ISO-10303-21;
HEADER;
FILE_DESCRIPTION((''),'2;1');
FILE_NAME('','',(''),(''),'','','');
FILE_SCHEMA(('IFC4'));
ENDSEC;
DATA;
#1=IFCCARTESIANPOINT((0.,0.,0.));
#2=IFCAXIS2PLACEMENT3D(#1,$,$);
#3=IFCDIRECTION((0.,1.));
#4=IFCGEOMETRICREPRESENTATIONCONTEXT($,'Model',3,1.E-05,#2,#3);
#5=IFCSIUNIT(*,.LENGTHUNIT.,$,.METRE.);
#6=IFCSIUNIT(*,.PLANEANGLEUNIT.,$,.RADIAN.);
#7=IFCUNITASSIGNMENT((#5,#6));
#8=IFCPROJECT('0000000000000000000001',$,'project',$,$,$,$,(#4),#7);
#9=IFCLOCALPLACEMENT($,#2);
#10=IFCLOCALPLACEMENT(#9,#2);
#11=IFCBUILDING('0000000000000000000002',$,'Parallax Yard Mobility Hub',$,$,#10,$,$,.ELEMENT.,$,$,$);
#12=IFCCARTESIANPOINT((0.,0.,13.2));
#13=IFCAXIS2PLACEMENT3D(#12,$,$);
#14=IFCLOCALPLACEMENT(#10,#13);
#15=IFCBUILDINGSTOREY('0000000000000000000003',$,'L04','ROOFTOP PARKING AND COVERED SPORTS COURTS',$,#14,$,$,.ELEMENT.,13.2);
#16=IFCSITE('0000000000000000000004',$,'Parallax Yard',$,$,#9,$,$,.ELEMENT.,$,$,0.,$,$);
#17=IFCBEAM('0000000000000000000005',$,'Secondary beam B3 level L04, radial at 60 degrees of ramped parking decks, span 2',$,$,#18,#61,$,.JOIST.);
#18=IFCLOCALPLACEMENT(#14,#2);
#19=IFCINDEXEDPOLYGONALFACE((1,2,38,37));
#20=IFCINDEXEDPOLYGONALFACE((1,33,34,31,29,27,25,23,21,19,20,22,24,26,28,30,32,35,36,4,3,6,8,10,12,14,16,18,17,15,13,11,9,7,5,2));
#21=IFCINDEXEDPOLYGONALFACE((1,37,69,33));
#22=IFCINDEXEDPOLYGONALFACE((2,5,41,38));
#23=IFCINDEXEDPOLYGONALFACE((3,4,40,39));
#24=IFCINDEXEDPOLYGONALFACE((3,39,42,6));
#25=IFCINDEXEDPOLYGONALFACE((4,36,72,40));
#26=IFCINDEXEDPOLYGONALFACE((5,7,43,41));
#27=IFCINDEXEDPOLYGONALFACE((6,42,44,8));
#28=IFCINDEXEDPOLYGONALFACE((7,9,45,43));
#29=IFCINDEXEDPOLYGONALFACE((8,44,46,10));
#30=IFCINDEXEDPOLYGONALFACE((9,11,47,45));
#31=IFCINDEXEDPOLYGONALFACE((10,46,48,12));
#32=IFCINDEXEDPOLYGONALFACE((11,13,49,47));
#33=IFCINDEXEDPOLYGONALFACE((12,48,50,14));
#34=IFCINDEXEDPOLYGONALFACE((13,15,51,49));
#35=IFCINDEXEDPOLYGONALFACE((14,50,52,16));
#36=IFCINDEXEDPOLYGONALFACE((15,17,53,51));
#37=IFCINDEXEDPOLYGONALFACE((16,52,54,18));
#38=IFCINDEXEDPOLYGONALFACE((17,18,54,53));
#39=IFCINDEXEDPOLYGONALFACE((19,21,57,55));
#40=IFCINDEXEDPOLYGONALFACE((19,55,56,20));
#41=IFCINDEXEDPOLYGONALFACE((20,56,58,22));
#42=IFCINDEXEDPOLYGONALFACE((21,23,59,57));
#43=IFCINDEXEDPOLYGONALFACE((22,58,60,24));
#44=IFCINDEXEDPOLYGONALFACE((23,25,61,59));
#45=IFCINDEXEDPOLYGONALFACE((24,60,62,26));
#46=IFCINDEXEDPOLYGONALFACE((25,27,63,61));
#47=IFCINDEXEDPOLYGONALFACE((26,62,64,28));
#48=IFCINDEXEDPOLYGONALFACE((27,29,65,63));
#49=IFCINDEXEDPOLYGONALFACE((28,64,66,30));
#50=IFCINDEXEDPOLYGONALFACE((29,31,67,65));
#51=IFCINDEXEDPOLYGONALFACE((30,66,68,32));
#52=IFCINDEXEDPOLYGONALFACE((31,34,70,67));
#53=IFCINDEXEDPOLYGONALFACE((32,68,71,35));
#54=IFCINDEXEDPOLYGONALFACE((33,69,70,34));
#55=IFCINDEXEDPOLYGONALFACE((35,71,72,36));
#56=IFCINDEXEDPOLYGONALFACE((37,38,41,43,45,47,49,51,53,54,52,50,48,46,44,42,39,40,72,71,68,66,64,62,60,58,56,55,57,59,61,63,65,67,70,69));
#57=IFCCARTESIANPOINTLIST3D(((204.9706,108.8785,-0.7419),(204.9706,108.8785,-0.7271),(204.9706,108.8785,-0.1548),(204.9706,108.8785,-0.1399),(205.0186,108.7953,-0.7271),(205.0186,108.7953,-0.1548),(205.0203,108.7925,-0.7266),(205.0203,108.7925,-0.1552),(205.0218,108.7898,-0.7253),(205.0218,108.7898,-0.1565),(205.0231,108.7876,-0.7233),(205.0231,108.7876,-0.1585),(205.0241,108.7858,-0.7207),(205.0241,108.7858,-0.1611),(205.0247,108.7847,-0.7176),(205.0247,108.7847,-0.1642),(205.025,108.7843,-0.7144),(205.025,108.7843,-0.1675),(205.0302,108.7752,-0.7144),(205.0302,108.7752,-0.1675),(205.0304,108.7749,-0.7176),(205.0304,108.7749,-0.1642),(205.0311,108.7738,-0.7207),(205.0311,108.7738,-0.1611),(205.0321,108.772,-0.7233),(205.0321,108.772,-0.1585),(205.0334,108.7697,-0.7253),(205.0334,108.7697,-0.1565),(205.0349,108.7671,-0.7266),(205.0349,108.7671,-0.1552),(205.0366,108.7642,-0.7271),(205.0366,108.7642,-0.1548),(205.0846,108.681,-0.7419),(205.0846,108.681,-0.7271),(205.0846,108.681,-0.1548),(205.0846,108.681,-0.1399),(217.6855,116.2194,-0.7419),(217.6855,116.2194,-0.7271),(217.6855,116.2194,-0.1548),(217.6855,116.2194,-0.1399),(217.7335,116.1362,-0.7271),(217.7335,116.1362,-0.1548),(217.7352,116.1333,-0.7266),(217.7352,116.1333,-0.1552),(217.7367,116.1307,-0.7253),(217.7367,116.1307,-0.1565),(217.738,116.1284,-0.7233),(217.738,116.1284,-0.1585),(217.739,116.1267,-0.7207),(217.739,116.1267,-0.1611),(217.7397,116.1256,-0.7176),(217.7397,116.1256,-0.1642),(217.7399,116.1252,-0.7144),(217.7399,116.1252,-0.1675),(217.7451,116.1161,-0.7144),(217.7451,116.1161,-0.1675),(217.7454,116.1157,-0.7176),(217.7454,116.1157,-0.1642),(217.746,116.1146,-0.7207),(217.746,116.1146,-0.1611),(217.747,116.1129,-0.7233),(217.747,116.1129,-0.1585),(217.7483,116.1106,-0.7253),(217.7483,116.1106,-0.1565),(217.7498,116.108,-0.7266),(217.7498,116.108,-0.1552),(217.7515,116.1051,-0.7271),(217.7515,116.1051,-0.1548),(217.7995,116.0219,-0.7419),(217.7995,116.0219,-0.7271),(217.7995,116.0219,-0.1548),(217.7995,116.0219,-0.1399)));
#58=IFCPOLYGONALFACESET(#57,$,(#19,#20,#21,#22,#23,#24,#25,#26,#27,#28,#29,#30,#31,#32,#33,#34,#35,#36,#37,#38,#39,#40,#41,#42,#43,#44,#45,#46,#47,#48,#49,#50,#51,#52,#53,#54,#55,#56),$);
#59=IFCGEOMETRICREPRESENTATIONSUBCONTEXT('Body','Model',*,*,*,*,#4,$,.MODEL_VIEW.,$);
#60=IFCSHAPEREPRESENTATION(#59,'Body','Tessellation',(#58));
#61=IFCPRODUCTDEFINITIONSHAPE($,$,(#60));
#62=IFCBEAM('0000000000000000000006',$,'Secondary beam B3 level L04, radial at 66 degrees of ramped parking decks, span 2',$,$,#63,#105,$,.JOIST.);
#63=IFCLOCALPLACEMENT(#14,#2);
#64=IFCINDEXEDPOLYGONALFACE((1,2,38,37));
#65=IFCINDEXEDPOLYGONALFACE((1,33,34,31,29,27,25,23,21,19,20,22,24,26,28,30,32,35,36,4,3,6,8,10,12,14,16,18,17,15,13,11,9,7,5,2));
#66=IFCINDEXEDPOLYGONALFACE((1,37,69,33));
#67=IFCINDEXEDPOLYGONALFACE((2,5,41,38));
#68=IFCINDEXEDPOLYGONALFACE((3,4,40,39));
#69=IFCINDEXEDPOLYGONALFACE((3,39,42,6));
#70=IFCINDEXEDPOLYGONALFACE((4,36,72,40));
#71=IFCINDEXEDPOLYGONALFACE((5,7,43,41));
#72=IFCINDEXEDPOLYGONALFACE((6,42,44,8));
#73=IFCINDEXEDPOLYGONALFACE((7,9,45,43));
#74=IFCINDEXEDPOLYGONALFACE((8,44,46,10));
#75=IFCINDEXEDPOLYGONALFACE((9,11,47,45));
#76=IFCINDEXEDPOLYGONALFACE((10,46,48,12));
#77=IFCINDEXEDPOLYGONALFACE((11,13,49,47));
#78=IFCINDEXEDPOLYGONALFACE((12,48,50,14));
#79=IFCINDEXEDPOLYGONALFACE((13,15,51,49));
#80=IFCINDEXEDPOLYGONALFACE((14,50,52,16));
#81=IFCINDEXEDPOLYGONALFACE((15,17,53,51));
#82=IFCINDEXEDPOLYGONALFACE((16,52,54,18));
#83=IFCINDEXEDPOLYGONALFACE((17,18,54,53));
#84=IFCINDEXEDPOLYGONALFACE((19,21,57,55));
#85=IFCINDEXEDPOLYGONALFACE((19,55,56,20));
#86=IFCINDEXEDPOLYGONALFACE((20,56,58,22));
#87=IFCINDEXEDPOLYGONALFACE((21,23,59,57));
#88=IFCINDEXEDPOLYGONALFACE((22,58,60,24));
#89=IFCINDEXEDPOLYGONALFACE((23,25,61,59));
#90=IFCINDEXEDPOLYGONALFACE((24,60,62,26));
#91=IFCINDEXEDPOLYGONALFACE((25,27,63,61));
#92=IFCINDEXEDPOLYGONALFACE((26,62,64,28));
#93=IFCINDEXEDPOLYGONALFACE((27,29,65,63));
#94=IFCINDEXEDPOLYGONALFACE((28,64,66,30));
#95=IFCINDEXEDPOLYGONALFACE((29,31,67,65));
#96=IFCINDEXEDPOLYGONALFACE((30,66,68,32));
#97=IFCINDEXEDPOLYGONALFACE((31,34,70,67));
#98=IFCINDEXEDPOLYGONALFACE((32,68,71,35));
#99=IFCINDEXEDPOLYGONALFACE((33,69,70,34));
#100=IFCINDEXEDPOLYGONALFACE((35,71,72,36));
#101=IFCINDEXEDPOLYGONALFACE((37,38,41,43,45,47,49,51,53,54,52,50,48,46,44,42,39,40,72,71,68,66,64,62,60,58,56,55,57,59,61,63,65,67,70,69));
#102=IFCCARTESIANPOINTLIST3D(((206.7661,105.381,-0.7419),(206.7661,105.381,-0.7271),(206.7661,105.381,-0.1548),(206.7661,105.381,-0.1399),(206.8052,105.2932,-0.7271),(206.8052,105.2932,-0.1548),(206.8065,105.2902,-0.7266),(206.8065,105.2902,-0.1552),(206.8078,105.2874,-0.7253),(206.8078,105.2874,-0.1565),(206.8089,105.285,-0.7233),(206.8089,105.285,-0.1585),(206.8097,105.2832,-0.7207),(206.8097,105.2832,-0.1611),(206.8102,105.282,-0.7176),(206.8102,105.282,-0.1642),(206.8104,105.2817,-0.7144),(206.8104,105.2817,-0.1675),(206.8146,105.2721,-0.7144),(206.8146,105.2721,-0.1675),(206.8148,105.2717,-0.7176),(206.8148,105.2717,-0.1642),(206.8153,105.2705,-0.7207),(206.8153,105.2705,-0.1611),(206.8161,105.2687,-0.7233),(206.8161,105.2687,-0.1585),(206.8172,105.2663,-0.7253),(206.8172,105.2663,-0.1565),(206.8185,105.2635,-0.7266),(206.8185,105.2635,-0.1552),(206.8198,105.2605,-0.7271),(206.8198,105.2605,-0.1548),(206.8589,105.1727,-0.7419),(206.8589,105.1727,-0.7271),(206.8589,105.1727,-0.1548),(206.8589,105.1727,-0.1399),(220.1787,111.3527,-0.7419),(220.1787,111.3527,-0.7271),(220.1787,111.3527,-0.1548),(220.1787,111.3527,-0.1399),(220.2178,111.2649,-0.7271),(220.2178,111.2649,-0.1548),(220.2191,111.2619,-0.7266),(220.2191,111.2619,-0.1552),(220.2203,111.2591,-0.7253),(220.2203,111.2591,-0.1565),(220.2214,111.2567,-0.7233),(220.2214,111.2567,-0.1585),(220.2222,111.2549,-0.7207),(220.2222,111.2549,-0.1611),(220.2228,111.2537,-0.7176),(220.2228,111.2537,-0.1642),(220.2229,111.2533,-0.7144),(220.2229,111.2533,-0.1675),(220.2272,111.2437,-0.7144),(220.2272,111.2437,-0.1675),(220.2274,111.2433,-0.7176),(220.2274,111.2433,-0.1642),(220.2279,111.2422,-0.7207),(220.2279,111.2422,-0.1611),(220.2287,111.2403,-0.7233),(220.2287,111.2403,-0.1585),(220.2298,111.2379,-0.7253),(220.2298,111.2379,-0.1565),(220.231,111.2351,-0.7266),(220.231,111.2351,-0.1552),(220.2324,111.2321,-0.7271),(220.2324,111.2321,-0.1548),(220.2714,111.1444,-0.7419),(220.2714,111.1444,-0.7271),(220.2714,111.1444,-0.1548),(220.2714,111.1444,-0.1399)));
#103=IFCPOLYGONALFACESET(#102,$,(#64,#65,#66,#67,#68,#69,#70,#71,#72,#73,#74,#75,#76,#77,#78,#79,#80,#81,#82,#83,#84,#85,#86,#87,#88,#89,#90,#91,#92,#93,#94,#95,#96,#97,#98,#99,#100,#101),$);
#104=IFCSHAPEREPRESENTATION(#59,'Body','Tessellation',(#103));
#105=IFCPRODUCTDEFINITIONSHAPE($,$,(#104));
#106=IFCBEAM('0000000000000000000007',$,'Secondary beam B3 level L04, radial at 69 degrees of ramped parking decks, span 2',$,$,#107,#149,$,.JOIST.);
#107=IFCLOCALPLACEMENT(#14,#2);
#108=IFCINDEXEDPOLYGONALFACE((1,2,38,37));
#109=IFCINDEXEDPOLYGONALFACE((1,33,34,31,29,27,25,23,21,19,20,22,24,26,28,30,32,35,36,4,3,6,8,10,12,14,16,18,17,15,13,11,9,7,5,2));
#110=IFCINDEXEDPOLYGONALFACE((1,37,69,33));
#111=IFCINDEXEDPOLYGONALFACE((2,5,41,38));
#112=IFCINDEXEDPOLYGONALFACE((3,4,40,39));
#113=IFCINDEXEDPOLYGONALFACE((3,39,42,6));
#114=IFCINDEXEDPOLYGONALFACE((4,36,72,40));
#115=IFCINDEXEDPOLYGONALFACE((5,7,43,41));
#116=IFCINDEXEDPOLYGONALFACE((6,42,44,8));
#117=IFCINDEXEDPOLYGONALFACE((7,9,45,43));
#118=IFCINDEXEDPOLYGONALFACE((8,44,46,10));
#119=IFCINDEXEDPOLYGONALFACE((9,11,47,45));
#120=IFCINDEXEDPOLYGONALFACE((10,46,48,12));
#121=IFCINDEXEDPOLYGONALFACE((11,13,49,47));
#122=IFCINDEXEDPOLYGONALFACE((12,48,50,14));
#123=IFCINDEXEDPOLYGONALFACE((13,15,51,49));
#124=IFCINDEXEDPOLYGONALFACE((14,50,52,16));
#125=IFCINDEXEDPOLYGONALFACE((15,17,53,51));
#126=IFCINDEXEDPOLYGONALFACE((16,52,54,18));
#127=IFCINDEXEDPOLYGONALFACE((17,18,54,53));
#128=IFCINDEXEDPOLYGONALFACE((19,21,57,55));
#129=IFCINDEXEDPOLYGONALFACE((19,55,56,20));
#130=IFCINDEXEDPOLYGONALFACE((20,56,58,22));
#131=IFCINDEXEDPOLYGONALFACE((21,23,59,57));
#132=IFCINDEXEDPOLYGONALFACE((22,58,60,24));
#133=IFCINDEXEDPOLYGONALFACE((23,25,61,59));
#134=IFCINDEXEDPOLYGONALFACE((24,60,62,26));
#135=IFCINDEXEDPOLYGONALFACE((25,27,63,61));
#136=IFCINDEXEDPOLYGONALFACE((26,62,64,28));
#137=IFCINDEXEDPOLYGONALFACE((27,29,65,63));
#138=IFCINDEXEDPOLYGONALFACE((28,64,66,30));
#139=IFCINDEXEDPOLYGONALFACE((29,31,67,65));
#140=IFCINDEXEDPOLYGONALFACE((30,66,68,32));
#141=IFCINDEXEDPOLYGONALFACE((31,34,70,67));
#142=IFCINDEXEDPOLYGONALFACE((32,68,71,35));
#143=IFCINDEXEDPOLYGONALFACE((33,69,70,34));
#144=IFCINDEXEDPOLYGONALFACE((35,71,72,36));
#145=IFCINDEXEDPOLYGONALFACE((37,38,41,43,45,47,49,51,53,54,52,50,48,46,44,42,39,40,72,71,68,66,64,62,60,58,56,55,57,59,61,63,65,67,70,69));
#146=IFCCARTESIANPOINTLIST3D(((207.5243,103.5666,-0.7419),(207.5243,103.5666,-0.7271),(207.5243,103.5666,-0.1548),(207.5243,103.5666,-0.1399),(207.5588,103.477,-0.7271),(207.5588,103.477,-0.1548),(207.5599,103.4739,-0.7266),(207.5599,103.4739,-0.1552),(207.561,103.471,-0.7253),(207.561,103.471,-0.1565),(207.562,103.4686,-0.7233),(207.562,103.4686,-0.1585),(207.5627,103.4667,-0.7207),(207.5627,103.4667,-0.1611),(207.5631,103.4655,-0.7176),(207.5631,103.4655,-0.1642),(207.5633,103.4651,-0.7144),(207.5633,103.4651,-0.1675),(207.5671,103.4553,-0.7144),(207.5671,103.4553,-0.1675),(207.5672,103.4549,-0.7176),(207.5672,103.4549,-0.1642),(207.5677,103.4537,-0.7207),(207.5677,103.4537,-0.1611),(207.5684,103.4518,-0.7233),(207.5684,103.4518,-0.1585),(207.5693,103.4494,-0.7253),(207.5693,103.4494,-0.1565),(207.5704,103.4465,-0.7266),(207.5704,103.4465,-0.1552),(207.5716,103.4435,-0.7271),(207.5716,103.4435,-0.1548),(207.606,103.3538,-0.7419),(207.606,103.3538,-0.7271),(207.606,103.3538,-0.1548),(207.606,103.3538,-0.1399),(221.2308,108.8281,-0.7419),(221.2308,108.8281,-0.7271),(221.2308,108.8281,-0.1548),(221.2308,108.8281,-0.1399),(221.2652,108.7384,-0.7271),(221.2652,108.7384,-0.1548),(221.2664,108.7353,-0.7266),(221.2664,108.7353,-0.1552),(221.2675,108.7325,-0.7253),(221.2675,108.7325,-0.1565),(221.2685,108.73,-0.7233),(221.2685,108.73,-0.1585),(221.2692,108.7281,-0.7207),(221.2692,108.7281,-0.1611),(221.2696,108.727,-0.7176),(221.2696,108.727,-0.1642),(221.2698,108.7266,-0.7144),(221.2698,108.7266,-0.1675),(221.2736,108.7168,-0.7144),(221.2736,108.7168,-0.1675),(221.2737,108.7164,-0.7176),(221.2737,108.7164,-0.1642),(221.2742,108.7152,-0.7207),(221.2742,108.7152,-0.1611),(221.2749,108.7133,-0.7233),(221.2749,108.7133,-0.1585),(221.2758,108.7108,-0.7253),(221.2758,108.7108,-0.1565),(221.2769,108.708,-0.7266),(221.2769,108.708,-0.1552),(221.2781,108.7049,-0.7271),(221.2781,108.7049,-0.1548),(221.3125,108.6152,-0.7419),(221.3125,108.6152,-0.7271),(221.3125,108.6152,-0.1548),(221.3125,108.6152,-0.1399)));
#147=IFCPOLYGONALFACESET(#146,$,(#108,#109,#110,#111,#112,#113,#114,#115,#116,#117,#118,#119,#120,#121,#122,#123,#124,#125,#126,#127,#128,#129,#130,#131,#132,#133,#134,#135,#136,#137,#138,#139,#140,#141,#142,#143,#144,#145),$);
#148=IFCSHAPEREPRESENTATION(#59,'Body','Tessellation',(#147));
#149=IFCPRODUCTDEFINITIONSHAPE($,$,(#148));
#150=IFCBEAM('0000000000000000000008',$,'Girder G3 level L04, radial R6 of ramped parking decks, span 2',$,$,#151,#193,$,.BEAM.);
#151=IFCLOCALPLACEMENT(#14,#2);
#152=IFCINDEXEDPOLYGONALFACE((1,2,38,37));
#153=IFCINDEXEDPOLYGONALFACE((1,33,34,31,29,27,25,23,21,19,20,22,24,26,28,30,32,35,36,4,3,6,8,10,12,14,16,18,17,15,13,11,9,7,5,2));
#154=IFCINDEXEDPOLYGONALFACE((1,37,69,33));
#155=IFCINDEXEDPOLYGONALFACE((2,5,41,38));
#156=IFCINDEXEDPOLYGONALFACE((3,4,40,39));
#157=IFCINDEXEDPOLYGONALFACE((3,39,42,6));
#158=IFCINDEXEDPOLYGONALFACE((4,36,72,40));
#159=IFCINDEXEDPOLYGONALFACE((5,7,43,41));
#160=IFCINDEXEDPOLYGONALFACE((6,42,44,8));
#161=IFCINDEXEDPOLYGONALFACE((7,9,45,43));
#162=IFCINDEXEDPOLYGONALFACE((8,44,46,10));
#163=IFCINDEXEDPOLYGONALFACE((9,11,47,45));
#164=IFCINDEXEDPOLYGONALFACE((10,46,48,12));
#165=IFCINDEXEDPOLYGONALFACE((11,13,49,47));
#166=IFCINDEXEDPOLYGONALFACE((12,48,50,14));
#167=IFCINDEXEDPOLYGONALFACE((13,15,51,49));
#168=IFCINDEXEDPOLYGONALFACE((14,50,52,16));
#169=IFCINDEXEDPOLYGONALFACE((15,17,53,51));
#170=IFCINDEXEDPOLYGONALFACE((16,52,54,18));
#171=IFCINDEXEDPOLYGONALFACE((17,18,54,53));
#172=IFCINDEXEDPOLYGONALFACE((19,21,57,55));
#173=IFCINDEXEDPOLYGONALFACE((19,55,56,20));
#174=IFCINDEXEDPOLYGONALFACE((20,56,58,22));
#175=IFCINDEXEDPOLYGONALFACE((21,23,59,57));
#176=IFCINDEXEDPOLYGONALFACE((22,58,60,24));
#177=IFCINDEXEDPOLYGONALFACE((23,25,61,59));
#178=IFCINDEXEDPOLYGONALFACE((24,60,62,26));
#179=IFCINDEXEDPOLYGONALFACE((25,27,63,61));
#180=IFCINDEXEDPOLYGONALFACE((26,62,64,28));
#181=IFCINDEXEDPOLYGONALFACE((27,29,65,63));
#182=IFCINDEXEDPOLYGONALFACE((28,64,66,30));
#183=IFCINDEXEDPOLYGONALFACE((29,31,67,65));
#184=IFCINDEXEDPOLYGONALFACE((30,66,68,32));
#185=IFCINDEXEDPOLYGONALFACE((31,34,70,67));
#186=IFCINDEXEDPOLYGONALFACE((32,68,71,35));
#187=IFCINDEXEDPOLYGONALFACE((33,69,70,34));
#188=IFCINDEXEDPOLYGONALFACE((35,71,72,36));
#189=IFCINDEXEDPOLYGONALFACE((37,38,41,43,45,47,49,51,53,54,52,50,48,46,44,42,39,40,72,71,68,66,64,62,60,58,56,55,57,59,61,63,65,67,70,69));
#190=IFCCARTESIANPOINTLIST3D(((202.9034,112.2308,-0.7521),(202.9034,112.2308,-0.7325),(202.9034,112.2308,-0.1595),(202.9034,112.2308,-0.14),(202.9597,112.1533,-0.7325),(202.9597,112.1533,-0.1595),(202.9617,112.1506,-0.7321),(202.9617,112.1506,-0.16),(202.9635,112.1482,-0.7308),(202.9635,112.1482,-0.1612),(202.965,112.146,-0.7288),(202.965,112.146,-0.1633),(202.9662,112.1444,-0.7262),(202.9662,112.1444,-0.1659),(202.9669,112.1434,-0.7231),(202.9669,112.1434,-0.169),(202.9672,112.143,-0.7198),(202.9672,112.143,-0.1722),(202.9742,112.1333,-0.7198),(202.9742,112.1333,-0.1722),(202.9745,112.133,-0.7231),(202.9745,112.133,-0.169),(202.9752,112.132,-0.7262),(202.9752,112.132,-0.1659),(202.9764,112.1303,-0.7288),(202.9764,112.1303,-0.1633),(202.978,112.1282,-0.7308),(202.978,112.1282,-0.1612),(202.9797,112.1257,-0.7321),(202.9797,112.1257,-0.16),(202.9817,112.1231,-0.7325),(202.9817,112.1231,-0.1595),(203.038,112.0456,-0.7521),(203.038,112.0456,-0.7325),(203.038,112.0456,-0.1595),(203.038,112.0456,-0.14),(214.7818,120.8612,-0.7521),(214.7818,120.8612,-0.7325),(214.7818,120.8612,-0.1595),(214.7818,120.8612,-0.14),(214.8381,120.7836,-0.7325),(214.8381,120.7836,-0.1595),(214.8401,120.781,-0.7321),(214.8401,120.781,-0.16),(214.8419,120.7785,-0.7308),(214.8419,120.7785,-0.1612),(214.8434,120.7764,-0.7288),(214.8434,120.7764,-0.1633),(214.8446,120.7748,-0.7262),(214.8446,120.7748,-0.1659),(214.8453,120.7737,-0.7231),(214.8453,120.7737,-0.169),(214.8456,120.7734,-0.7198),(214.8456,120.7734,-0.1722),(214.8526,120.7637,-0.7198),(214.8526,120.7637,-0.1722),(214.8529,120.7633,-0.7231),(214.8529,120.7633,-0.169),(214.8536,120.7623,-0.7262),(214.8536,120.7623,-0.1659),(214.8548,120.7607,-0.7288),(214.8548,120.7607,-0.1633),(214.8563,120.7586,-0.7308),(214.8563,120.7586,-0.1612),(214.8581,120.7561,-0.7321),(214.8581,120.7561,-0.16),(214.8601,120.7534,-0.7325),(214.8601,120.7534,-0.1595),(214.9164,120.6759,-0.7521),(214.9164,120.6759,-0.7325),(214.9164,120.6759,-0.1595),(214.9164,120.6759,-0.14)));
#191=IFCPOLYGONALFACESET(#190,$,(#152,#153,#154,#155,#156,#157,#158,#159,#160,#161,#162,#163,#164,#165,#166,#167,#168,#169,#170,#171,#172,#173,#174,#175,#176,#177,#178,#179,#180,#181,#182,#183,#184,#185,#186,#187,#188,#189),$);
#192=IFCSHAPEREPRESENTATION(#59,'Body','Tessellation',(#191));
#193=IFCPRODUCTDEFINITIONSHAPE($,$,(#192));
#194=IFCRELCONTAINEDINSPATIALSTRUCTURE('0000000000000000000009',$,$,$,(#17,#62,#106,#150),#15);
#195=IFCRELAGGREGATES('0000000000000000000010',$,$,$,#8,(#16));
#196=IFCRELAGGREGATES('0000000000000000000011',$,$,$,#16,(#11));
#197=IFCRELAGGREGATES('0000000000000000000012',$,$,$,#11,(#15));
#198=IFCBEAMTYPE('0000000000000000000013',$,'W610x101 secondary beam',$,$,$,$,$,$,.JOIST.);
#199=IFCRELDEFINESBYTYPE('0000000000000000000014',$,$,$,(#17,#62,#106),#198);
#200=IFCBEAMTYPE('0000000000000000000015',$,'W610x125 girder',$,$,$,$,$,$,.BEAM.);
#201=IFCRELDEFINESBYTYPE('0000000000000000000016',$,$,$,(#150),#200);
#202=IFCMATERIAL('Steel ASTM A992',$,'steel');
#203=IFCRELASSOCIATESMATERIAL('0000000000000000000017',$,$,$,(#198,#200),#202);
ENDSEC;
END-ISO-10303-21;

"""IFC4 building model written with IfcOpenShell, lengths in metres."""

from ifc_helpers import new_model, si_unit, direction, frame, origin, origin_2d, place, context, subcontext, project, spatial, i_section, extrude, material, material_profile, profile_set, type_object, element, save


model = new_model("IFC4")

# Units and contexts
model_context = context("Model", 3, precision=1e-05, world=origin(), true_north=direction((0.0, 1.0)))
body_context = subcontext(model_context, "Body", "Model", "MODEL_VIEW")
ifc_project = project(units=[si_unit("LENGTHUNIT", "METRE"), si_unit("PLANEANGLEUNIT", "RADIAN")], contexts=[model_context])

# Site, building, storey
site_placement = place(None, origin())
site = spatial("IfcSite", under=ifc_project, at=site_placement, Name="Parallax Yard", CompositionType="ELEMENT", RefElevation=0.0)
building_placement = place(site_placement, origin())
building = spatial("IfcBuilding", under=site, at=building_placement, Name="Parallax Yard Mobility Hub", CompositionType="ELEMENT")
storey_placement = place(building_placement, frame((0.0, 0.0, 13.2)))
storey = spatial("IfcBuildingStorey", under=building, at=storey_placement, Name="L04", Description="ROOFTOP PARKING AND COVERED SPORTS COURTS", CompositionType="ELEMENT", Elevation=13.2)

# Shared definitions
ifc_material_1 = material(Name="Steel ASTM A992", Category="steel")

# Beams
ifc_material_profile_1 = material_profile(ifc_material_1, i_section(OverallWidth=0.228, OverallDepth=0.6021, WebThickness=0.0105, FlangeThickness=0.0149, FilletRadius=0.0127, at=origin_2d()), Name="W610x101")
ifc_profile_set_1 = profile_set([ifc_material_profile_1], Name="Steel ASTM A992")
beam_type_1 = type_object("IfcBeamType", Name="W610x101 secondary beam", PredefinedType="JOIST", material=ifc_profile_set_1)
for number, where, z_axis, x_axis, name in (
    (1, (205.0276, 108.7798, -0.4409), (0.866028, 0.499995, 0.0), (-0.499995, 0.866028, 0.0), "Secondary beam B3 level L04, radial at 60 degrees of ramped parking decks, span 2"),
    (2, (206.8125, 105.2769, -0.4409), (0.913545, 0.406737, 0.0), (-0.406737, 0.913545, 0.0), "Secondary beam B3 level L04, radial at 66 degrees of ramped parking decks, span 2"),
):
    element("IfcBeam", number, at=place(storey_placement, frame(where, z_axis=z_axis, x_axis=x_axis)), inside=storey, type_object=beam_type_1, Name=name, PredefinedType="JOIST", context=body_context, shape_type="SweptSolid", body=[
        extrude(i_section(OverallWidth=0.228, OverallDepth=0.6021, WebThickness=0.0105, FlangeThickness=0.0149, FilletRadius=0.0127, at=origin_2d()), origin(), (0.0, 0.0, 1.0), 14.6819),
    ])
beam_1_placement = place(storey_placement, frame((207.5652, 103.4602, -0.4409), z_axis=(0.93358, 0.358369, 0.0), x_axis=(-0.358369, 0.93358, 0.0)))
element("IfcBeam", 3, at=beam_1_placement, inside=storey, type_object=beam_type_1, Name="Secondary beam B3 level L04, radial at 69 degrees of ramped parking decks, span 2", PredefinedType="JOIST", context=body_context, shape_type="SweptSolid", body=[
    extrude(i_section(OverallWidth=0.228, OverallDepth=0.6021, WebThickness=0.0105, FlangeThickness=0.0149, FilletRadius=0.0127, at=origin_2d()), origin(), (0.0, 0.0, 1.0), 14.6816),
])
ifc_material_profile_2 = material_profile(ifc_material_1, i_section(OverallWidth=0.229, OverallDepth=0.6121, WebThickness=0.012, FlangeThickness=0.0195, FilletRadius=0.0127, at=origin_2d()), Name="W610x125")
ifc_profile_set_2 = profile_set([ifc_material_profile_2], Name="Steel ASTM A992")
beam_type_2 = type_object("IfcBeamType", Name="W610x125 girder", PredefinedType="BEAM", material=ifc_profile_set_2)
for number, where, z_axis, x_axis, name in (
    (4, (202.9707, 112.1382, -0.446), (0.809011, 0.587794, 0.0), (-0.587794, 0.809011, 0.0), "Girder G3 level L04, radial R6 of ramped parking decks, span 2"),
):
    element("IfcBeam", number, at=place(storey_placement, frame(where, z_axis=z_axis, x_axis=x_axis)), inside=storey, type_object=beam_type_2, Name=name, PredefinedType="BEAM", context=body_context, shape_type="SweptSolid", body=[
        extrude(i_section(OverallWidth=0.229, OverallDepth=0.6121, WebThickness=0.012, FlangeThickness=0.0195, FilletRadius=0.0127, at=origin_2d()), origin(), (0.0, 0.0, 1.0), 14.6826),
    ])

save(model, "model.ifc")
